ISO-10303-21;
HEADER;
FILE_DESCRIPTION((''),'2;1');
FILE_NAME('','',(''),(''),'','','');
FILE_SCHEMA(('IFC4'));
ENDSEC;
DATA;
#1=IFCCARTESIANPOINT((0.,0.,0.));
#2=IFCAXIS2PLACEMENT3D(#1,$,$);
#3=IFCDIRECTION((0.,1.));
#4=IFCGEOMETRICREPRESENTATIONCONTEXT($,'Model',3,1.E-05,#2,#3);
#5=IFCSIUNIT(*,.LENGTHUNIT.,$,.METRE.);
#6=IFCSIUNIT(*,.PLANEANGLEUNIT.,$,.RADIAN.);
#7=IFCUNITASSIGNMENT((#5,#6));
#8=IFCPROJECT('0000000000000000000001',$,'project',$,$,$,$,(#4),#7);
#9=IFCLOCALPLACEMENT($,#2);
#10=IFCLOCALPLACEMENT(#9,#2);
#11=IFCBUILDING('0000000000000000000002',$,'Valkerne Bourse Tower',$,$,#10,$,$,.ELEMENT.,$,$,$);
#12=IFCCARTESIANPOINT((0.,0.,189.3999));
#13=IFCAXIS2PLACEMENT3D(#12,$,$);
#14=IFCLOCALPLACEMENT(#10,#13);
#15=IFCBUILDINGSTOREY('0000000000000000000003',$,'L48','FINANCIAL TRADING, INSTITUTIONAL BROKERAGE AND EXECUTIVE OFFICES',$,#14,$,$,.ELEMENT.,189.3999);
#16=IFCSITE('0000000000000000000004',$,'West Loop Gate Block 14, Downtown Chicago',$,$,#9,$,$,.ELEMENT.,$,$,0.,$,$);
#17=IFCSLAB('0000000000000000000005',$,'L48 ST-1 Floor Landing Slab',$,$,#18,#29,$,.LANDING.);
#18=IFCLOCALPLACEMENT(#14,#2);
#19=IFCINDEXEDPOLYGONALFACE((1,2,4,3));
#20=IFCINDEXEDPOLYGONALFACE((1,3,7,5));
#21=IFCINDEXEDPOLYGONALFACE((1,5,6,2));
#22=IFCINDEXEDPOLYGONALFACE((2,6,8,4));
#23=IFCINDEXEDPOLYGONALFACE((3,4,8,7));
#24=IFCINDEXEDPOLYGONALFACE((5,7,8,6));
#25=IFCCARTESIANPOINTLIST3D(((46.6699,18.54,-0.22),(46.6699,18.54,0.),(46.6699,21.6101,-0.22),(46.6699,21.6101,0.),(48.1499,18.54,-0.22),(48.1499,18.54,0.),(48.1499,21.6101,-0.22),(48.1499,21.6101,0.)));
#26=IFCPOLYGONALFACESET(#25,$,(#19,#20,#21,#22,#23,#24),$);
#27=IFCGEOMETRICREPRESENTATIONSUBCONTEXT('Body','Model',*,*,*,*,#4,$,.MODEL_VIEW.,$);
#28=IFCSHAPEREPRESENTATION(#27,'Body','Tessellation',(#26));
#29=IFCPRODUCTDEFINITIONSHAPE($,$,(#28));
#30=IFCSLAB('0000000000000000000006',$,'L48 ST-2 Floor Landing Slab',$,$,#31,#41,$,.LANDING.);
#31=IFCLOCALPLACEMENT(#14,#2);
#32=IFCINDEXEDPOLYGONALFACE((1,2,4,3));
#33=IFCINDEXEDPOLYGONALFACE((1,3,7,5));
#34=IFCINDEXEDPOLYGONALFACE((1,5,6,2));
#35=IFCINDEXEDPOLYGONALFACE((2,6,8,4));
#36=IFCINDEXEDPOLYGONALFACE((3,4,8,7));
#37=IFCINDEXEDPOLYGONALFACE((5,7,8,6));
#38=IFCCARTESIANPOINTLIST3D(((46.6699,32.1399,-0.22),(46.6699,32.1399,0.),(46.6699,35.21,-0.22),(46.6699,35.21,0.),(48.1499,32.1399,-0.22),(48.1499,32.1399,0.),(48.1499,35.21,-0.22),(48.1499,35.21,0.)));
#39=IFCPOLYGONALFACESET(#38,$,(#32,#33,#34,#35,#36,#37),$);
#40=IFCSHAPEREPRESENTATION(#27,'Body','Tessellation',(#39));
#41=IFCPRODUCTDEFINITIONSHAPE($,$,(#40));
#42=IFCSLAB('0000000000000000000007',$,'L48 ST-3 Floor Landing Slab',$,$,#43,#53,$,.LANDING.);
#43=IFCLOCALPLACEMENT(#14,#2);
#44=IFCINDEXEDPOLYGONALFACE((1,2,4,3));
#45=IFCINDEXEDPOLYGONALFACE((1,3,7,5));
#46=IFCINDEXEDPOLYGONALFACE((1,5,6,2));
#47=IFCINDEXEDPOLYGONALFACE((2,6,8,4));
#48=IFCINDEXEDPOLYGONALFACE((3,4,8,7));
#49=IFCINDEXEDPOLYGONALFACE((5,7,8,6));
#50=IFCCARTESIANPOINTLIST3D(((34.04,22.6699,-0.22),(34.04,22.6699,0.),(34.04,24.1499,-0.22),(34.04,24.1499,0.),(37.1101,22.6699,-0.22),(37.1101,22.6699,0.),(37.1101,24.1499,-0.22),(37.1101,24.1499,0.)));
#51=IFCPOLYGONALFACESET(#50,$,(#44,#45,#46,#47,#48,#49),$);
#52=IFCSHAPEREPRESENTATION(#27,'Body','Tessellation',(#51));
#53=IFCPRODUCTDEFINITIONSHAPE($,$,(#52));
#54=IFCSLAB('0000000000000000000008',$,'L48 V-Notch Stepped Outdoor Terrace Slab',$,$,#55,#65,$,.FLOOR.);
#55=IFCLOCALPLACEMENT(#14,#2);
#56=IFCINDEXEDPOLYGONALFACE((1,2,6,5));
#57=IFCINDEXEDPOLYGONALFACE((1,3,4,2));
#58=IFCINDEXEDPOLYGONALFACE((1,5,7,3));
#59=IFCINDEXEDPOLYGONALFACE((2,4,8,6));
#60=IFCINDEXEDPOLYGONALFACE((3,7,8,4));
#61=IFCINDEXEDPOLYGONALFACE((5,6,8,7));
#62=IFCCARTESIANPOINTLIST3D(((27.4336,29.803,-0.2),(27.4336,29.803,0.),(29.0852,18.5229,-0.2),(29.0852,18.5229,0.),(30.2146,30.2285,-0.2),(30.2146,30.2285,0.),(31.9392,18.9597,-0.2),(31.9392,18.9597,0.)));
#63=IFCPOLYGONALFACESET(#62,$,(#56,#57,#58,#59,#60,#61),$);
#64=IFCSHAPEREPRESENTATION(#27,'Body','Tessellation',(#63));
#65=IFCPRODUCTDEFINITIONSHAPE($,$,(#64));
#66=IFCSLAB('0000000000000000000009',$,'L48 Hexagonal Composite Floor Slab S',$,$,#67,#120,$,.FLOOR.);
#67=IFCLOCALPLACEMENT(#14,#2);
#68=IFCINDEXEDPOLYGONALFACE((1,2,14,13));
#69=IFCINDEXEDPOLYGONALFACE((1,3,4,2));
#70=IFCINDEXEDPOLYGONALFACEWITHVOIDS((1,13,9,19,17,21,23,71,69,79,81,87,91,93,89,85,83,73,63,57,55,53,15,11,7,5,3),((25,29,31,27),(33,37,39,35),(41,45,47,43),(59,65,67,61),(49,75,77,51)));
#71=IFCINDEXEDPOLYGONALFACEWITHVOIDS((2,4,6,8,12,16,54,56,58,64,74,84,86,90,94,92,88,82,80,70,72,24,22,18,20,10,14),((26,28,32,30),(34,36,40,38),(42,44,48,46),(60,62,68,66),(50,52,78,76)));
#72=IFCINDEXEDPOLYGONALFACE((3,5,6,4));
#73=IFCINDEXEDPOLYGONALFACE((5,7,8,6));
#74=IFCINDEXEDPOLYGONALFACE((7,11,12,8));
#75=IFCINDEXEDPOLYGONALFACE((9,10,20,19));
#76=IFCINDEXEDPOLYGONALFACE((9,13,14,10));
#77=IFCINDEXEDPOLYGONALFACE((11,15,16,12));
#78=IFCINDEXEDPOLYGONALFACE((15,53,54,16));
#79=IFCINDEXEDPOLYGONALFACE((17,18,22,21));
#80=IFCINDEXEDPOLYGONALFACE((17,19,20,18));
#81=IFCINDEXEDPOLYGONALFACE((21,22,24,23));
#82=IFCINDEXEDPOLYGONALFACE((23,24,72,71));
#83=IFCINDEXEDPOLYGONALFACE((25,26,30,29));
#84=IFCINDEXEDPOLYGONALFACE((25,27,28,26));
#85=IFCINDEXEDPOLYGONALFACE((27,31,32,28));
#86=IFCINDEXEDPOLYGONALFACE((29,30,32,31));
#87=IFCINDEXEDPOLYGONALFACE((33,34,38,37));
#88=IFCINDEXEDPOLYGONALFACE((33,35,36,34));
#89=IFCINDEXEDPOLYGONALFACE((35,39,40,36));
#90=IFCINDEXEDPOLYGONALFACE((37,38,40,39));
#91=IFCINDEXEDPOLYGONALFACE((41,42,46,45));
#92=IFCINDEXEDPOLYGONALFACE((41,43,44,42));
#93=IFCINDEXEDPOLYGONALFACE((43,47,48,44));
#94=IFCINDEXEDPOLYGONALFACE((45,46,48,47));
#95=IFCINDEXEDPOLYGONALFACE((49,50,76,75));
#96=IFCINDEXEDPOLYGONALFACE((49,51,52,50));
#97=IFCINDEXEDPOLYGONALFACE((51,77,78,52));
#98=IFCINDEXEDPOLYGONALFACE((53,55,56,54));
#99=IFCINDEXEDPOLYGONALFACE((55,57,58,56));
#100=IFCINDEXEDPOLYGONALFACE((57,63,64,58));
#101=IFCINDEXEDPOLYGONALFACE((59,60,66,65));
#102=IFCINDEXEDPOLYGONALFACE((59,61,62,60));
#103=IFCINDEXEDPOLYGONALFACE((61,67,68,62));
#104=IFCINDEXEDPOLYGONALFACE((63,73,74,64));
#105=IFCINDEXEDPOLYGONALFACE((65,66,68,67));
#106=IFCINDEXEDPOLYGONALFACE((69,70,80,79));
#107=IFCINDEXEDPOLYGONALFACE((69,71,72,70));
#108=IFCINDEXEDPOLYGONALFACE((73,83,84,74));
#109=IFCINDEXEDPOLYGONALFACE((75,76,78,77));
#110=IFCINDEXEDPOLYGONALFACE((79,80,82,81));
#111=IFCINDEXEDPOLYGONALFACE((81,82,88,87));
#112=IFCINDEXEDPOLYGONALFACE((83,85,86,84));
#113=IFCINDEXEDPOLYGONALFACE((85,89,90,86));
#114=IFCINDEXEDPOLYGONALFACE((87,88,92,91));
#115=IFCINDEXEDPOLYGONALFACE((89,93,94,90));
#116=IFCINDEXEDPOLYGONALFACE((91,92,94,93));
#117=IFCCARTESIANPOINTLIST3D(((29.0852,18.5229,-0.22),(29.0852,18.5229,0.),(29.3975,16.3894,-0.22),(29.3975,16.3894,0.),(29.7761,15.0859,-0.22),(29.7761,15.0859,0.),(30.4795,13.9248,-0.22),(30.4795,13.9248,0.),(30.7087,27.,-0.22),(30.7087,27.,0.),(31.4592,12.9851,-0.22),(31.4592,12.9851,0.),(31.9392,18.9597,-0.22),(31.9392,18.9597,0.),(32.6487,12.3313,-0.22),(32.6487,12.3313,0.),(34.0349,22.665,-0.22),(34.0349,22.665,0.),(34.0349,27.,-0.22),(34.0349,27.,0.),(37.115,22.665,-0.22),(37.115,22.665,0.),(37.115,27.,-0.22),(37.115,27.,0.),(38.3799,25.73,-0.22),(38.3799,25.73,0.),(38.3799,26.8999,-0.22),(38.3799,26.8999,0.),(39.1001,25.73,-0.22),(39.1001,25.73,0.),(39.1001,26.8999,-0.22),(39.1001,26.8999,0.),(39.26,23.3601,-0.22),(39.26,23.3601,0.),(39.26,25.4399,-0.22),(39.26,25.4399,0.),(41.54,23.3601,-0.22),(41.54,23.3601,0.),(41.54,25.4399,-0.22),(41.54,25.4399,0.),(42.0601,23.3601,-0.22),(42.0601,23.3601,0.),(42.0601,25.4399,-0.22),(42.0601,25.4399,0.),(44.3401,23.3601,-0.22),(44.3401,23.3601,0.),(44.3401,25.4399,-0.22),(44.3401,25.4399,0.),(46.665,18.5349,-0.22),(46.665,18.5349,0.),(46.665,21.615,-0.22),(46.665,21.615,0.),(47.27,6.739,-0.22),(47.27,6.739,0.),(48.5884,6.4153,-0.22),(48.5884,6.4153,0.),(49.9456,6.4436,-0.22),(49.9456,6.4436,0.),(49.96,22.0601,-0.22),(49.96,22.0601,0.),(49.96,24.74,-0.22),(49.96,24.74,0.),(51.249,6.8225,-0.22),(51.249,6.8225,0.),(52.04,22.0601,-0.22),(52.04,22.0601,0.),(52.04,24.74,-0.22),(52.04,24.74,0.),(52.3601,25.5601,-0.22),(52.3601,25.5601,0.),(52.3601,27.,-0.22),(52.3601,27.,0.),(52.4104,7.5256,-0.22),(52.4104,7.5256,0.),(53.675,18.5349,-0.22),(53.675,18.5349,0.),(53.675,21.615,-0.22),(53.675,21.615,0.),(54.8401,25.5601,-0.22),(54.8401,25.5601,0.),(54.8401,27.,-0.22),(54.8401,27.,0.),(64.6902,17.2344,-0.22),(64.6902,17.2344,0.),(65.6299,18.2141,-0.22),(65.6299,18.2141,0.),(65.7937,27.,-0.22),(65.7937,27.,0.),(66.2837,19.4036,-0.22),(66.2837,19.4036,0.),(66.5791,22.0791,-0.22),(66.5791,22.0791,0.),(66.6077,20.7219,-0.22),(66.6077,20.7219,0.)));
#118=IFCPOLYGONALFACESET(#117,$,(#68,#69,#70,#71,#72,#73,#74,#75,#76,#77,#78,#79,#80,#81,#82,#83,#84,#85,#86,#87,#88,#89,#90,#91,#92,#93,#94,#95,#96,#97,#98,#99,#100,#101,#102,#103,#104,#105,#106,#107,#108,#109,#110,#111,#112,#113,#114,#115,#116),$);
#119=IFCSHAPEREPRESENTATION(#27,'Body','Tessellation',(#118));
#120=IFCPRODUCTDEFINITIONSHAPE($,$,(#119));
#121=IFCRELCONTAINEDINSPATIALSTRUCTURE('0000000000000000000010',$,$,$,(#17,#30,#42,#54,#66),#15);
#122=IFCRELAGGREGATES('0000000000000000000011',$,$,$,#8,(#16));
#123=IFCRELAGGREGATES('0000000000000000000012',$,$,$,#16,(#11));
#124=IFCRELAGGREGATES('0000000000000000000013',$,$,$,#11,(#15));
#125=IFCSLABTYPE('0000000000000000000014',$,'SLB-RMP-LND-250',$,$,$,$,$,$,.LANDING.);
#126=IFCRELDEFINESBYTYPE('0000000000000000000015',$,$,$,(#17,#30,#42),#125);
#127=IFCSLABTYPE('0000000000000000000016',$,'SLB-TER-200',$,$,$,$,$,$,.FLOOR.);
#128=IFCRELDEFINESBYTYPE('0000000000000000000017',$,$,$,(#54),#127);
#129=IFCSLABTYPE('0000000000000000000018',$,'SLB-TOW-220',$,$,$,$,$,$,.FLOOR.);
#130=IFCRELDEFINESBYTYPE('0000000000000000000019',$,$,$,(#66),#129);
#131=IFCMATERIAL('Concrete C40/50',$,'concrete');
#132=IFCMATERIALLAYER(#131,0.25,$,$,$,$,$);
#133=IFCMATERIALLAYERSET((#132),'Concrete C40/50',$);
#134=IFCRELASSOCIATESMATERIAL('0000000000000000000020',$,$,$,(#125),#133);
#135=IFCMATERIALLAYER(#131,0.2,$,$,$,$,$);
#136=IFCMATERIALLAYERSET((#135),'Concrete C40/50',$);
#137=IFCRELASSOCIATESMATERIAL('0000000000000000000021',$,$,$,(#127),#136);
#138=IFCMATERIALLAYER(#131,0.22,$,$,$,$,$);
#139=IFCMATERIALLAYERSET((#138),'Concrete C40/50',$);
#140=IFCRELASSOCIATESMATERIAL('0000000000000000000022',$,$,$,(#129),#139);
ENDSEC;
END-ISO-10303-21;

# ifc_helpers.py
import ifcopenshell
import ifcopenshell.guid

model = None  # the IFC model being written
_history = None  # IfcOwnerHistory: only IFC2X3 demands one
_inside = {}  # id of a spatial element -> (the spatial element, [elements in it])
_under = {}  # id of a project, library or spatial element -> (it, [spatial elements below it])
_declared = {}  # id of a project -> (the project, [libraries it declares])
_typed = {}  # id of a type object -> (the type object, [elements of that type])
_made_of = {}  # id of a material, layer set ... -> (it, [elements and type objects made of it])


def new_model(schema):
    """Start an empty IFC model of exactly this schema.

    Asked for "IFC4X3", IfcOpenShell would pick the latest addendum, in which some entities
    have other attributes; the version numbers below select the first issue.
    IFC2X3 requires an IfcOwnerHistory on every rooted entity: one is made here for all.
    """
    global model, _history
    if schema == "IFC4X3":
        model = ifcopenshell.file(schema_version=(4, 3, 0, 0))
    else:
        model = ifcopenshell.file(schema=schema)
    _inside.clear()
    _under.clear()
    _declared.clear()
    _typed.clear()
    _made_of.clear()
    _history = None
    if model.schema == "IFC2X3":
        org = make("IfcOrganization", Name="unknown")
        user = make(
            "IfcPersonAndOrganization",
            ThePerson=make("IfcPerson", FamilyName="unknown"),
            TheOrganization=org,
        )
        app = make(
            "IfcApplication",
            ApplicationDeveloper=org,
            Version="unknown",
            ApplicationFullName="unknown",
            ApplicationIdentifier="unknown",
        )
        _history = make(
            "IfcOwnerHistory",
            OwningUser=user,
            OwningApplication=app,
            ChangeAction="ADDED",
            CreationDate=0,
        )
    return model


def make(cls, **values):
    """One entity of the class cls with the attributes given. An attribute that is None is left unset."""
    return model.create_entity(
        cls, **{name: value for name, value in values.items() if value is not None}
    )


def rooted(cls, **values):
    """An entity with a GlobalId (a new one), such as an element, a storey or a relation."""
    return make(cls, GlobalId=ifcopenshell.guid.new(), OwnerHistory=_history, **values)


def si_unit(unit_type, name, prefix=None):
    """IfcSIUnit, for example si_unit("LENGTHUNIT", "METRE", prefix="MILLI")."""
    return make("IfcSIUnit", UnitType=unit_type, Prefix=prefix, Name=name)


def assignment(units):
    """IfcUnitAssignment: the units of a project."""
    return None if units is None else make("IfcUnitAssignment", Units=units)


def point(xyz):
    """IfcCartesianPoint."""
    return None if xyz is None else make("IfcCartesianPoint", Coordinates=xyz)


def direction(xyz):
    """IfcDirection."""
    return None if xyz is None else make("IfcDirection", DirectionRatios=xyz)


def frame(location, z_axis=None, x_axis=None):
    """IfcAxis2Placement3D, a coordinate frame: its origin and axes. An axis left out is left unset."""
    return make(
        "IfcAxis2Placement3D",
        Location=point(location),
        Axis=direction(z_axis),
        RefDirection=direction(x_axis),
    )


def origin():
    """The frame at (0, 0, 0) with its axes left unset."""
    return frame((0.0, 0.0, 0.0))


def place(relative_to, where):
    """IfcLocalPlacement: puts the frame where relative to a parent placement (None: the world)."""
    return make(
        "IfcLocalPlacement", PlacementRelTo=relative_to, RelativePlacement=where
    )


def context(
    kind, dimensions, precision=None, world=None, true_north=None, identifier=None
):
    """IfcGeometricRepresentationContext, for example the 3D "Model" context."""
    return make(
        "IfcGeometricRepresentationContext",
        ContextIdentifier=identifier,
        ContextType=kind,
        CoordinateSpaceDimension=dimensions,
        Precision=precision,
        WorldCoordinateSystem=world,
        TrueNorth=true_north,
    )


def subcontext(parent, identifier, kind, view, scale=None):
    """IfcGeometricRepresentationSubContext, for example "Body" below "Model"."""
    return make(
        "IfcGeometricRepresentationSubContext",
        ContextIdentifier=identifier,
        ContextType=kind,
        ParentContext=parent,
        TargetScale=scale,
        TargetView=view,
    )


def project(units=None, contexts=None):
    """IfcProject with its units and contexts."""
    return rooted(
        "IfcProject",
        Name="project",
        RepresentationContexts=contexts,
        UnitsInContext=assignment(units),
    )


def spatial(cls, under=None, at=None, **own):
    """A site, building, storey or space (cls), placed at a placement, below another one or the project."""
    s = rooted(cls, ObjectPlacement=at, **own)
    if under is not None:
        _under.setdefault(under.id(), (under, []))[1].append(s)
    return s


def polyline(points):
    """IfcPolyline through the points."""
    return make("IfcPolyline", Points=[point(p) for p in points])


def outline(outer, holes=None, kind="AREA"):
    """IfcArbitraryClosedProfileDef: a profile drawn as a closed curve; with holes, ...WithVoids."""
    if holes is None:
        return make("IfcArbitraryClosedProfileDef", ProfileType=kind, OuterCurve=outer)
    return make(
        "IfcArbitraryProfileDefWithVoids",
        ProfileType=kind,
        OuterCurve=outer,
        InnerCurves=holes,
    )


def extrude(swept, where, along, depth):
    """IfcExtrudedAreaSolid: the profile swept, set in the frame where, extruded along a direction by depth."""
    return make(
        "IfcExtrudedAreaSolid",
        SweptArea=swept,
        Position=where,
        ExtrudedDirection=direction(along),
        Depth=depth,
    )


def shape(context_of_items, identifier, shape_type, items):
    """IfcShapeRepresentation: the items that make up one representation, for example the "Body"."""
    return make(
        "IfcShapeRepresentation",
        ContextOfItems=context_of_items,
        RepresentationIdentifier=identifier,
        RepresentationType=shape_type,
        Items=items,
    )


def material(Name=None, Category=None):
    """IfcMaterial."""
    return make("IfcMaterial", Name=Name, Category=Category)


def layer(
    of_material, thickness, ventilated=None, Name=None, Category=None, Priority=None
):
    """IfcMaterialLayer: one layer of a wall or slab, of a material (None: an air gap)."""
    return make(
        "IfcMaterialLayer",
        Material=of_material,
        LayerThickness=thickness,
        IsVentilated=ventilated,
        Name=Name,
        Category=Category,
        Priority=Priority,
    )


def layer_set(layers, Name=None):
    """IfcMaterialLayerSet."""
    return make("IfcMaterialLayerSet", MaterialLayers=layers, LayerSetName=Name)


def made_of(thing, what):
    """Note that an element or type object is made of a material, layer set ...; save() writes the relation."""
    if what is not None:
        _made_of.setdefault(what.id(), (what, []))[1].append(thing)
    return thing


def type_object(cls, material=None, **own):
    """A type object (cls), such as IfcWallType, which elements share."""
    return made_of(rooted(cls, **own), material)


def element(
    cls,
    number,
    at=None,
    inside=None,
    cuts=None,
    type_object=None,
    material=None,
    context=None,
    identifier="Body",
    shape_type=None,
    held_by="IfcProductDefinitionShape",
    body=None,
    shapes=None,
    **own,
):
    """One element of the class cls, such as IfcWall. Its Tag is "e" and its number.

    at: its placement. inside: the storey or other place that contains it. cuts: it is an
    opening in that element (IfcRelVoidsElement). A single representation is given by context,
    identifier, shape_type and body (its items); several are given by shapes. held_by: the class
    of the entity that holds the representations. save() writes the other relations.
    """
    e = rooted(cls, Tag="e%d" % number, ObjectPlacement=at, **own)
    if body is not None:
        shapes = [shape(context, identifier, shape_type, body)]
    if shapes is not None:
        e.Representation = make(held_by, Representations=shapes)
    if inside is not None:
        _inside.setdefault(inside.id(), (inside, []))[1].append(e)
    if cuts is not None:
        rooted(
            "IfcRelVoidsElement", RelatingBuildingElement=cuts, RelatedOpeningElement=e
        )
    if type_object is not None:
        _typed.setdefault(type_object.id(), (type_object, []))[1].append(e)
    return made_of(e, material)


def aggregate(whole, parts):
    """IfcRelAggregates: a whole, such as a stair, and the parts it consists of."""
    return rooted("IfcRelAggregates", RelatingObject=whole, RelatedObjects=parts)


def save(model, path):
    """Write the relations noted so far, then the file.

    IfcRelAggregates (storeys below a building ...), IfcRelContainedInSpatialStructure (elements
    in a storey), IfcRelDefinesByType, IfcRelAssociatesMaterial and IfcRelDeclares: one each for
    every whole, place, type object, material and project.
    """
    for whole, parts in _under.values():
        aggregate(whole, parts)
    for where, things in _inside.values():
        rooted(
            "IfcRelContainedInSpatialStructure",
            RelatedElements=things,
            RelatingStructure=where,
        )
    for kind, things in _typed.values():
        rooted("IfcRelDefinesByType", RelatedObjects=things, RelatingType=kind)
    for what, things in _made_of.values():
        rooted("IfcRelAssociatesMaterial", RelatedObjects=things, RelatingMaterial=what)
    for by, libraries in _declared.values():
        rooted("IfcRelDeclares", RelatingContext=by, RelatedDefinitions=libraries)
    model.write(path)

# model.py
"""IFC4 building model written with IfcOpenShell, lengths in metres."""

from ifc_helpers import new_model, si_unit, direction, frame, origin, place, context, subcontext, project, spatial, polyline, outline, extrude, material, layer, layer_set, type_object, element, save


model = new_model("IFC4")

# Units and contexts
model_context = context("Model", 3, precision=1e-05, world=origin(), true_north=direction((0.0, 1.0)))
body_context = subcontext(model_context, "Body", "Model", "MODEL_VIEW")
ifc_project = project(units=[si_unit("LENGTHUNIT", "METRE"), si_unit("PLANEANGLEUNIT", "RADIAN")], contexts=[model_context])

# Site, building, storey
site_placement = place(None, origin())
site = spatial("IfcSite", under=ifc_project, at=site_placement, Name="West Loop Gate Block 14, Downtown Chicago", CompositionType="ELEMENT", RefElevation=0.0)
building_placement = place(site_placement, origin())
building = spatial("IfcBuilding", under=site, at=building_placement, Name="Valkerne Bourse Tower", CompositionType="ELEMENT")
storey_placement = place(building_placement, frame((0.0, 0.0, 189.3999)))
storey = spatial("IfcBuildingStorey", under=building, at=storey_placement, Name="L48", Description="FINANCIAL TRADING, INSTITUTIONAL BROKERAGE AND EXECUTIVE OFFICES", CompositionType="ELEMENT", Elevation=189.3999)

# Slabs
ifc_material_1 = material(Name="Concrete C40/50", Category="concrete")
ifc_layer_1 = layer(ifc_material_1, 0.25)
ifc_layer_set_1 = layer_set([ifc_layer_1], Name="Concrete C40/50")
slab_type_1 = type_object("IfcSlabType", Name="SLB-RMP-LND-250", PredefinedType="LANDING", material=ifc_layer_set_1)
slab_1_placement = place(storey_placement, frame((0.0, 0.0, -0.22)))
element("IfcSlab", 1, at=slab_1_placement, inside=storey, type_object=slab_type_1, Name="L48 ST-1 Floor Landing Slab", PredefinedType="LANDING", context=body_context, shape_type="SweptSolid", body=[
    extrude(outline(polyline([(46.6699, 18.54), (48.1499, 18.54), (48.1499, 21.6101), (46.6699, 21.6101), (46.6699, 18.54)])), origin(), (0.0, 0.0, 1.0), 0.22),
])
slab_2_placement = place(storey_placement, frame((0.0, 0.0, -0.22)))
element("IfcSlab", 2, at=slab_2_placement, inside=storey, type_object=slab_type_1, Name="L48 ST-2 Floor Landing Slab", PredefinedType="LANDING", context=body_context, shape_type="SweptSolid", body=[
    extrude(outline(polyline([(46.6699, 32.1399), (48.1499, 32.1399), (48.1499, 35.21), (46.6699, 35.21), (46.6699, 32.1399)])), origin(), (0.0, 0.0, 1.0), 0.22),
])
slab_3_placement = place(storey_placement, frame((0.0, 0.0, -0.22)))
element("IfcSlab", 3, at=slab_3_placement, inside=storey, type_object=slab_type_1, Name="L48 ST-3 Floor Landing Slab", PredefinedType="LANDING", context=body_context, shape_type="SweptSolid", body=[
    extrude(outline(polyline([(37.1101, 22.6699), (37.1101, 24.1499), (34.04, 24.1499), (34.04, 22.6699), (37.1101, 22.6699)])), origin(), (0.0, 0.0, 1.0), 0.22),
])
ifc_layer_2 = layer(ifc_material_1, 0.2)
ifc_layer_set_2 = layer_set([ifc_layer_2], Name="Concrete C40/50")
slab_type_2 = type_object("IfcSlabType", Name="SLB-TER-200", PredefinedType="FLOOR", material=ifc_layer_set_2)
slab_4_placement = place(storey_placement, frame((0.0, 0.0, -0.2)))
element("IfcSlab", 4, at=slab_4_placement, inside=storey, type_object=slab_type_2, Name="L48 V-Notch Stepped Outdoor Terrace Slab", PredefinedType="FLOOR", context=body_context, shape_type="SweptSolid", body=[
    extrude(outline(polyline([(27.4336, 29.803), (30.2146, 30.2285), (31.9392, 18.9597), (29.0852, 18.5229), (27.4336, 29.803)])), origin(), (0.0, 0.0, 1.0), 0.2),
])
ifc_layer_3 = layer(ifc_material_1, 0.22)
ifc_layer_set_3 = layer_set([ifc_layer_3], Name="Concrete C40/50")
slab_type_3 = type_object("IfcSlabType", Name="SLB-TOW-220", PredefinedType="FLOOR", material=ifc_layer_set_3)
slab_5_placement = place(storey_placement, frame((0.0, 0.0, -0.22)))
element("IfcSlab", 5, at=slab_5_placement, inside=storey, type_object=slab_type_3, Name="L48 Hexagonal Composite Floor Slab S", PredefinedType="FLOOR", context=body_context, shape_type="SweptSolid", body=[
    extrude(outline(polyline([(66.5791, 22.0791), (66.6077, 20.7219), (66.2837, 19.4036), (65.6299, 18.2141), (64.6902, 17.2344), (52.4104, 7.5256), (51.249, 6.8225), (49.9456, 6.4436), (48.5884, 6.4153), (47.27, 6.739), (32.6487, 12.3313), (31.4592, 12.9851), (30.4795, 13.9248), (29.7761, 15.0859), (29.3975, 16.3894), (29.0852, 18.5229), (31.9392, 18.9597), (30.7087, 27.0), (34.0349, 27.0), (34.0349, 22.665), (37.115, 22.665), (37.115, 27.0), (52.3601, 27.0), (52.3601, 25.5601), (54.8401, 25.5601), (54.8401, 27.0), (65.7937, 27.0), (66.5791, 22.0791)]), holes=[polyline([(41.54, 25.4399), (39.26, 25.4399), (39.26, 23.3601), (41.54, 23.3601), (41.54, 25.4399)]), polyline([(44.3401, 25.4399), (42.0601, 25.4399), (42.0601, 23.3601), (44.3401, 23.3601), (44.3401, 25.4399)]), polyline([(39.1001, 26.8999), (38.3799, 26.8999), (38.3799, 25.73), (39.1001, 25.73), (39.1001, 26.8999)]), polyline([(53.675, 21.615), (46.665, 21.615), (46.665, 18.5349), (53.675, 18.5349), (53.675, 21.615)]), polyline([(52.04, 24.74), (49.96, 24.74), (49.96, 22.0601), (52.04, 22.0601), (52.04, 24.74)])]), origin(), (0.0, 0.0, 1.0), 0.22),
])

save(model, "model.ifc")
